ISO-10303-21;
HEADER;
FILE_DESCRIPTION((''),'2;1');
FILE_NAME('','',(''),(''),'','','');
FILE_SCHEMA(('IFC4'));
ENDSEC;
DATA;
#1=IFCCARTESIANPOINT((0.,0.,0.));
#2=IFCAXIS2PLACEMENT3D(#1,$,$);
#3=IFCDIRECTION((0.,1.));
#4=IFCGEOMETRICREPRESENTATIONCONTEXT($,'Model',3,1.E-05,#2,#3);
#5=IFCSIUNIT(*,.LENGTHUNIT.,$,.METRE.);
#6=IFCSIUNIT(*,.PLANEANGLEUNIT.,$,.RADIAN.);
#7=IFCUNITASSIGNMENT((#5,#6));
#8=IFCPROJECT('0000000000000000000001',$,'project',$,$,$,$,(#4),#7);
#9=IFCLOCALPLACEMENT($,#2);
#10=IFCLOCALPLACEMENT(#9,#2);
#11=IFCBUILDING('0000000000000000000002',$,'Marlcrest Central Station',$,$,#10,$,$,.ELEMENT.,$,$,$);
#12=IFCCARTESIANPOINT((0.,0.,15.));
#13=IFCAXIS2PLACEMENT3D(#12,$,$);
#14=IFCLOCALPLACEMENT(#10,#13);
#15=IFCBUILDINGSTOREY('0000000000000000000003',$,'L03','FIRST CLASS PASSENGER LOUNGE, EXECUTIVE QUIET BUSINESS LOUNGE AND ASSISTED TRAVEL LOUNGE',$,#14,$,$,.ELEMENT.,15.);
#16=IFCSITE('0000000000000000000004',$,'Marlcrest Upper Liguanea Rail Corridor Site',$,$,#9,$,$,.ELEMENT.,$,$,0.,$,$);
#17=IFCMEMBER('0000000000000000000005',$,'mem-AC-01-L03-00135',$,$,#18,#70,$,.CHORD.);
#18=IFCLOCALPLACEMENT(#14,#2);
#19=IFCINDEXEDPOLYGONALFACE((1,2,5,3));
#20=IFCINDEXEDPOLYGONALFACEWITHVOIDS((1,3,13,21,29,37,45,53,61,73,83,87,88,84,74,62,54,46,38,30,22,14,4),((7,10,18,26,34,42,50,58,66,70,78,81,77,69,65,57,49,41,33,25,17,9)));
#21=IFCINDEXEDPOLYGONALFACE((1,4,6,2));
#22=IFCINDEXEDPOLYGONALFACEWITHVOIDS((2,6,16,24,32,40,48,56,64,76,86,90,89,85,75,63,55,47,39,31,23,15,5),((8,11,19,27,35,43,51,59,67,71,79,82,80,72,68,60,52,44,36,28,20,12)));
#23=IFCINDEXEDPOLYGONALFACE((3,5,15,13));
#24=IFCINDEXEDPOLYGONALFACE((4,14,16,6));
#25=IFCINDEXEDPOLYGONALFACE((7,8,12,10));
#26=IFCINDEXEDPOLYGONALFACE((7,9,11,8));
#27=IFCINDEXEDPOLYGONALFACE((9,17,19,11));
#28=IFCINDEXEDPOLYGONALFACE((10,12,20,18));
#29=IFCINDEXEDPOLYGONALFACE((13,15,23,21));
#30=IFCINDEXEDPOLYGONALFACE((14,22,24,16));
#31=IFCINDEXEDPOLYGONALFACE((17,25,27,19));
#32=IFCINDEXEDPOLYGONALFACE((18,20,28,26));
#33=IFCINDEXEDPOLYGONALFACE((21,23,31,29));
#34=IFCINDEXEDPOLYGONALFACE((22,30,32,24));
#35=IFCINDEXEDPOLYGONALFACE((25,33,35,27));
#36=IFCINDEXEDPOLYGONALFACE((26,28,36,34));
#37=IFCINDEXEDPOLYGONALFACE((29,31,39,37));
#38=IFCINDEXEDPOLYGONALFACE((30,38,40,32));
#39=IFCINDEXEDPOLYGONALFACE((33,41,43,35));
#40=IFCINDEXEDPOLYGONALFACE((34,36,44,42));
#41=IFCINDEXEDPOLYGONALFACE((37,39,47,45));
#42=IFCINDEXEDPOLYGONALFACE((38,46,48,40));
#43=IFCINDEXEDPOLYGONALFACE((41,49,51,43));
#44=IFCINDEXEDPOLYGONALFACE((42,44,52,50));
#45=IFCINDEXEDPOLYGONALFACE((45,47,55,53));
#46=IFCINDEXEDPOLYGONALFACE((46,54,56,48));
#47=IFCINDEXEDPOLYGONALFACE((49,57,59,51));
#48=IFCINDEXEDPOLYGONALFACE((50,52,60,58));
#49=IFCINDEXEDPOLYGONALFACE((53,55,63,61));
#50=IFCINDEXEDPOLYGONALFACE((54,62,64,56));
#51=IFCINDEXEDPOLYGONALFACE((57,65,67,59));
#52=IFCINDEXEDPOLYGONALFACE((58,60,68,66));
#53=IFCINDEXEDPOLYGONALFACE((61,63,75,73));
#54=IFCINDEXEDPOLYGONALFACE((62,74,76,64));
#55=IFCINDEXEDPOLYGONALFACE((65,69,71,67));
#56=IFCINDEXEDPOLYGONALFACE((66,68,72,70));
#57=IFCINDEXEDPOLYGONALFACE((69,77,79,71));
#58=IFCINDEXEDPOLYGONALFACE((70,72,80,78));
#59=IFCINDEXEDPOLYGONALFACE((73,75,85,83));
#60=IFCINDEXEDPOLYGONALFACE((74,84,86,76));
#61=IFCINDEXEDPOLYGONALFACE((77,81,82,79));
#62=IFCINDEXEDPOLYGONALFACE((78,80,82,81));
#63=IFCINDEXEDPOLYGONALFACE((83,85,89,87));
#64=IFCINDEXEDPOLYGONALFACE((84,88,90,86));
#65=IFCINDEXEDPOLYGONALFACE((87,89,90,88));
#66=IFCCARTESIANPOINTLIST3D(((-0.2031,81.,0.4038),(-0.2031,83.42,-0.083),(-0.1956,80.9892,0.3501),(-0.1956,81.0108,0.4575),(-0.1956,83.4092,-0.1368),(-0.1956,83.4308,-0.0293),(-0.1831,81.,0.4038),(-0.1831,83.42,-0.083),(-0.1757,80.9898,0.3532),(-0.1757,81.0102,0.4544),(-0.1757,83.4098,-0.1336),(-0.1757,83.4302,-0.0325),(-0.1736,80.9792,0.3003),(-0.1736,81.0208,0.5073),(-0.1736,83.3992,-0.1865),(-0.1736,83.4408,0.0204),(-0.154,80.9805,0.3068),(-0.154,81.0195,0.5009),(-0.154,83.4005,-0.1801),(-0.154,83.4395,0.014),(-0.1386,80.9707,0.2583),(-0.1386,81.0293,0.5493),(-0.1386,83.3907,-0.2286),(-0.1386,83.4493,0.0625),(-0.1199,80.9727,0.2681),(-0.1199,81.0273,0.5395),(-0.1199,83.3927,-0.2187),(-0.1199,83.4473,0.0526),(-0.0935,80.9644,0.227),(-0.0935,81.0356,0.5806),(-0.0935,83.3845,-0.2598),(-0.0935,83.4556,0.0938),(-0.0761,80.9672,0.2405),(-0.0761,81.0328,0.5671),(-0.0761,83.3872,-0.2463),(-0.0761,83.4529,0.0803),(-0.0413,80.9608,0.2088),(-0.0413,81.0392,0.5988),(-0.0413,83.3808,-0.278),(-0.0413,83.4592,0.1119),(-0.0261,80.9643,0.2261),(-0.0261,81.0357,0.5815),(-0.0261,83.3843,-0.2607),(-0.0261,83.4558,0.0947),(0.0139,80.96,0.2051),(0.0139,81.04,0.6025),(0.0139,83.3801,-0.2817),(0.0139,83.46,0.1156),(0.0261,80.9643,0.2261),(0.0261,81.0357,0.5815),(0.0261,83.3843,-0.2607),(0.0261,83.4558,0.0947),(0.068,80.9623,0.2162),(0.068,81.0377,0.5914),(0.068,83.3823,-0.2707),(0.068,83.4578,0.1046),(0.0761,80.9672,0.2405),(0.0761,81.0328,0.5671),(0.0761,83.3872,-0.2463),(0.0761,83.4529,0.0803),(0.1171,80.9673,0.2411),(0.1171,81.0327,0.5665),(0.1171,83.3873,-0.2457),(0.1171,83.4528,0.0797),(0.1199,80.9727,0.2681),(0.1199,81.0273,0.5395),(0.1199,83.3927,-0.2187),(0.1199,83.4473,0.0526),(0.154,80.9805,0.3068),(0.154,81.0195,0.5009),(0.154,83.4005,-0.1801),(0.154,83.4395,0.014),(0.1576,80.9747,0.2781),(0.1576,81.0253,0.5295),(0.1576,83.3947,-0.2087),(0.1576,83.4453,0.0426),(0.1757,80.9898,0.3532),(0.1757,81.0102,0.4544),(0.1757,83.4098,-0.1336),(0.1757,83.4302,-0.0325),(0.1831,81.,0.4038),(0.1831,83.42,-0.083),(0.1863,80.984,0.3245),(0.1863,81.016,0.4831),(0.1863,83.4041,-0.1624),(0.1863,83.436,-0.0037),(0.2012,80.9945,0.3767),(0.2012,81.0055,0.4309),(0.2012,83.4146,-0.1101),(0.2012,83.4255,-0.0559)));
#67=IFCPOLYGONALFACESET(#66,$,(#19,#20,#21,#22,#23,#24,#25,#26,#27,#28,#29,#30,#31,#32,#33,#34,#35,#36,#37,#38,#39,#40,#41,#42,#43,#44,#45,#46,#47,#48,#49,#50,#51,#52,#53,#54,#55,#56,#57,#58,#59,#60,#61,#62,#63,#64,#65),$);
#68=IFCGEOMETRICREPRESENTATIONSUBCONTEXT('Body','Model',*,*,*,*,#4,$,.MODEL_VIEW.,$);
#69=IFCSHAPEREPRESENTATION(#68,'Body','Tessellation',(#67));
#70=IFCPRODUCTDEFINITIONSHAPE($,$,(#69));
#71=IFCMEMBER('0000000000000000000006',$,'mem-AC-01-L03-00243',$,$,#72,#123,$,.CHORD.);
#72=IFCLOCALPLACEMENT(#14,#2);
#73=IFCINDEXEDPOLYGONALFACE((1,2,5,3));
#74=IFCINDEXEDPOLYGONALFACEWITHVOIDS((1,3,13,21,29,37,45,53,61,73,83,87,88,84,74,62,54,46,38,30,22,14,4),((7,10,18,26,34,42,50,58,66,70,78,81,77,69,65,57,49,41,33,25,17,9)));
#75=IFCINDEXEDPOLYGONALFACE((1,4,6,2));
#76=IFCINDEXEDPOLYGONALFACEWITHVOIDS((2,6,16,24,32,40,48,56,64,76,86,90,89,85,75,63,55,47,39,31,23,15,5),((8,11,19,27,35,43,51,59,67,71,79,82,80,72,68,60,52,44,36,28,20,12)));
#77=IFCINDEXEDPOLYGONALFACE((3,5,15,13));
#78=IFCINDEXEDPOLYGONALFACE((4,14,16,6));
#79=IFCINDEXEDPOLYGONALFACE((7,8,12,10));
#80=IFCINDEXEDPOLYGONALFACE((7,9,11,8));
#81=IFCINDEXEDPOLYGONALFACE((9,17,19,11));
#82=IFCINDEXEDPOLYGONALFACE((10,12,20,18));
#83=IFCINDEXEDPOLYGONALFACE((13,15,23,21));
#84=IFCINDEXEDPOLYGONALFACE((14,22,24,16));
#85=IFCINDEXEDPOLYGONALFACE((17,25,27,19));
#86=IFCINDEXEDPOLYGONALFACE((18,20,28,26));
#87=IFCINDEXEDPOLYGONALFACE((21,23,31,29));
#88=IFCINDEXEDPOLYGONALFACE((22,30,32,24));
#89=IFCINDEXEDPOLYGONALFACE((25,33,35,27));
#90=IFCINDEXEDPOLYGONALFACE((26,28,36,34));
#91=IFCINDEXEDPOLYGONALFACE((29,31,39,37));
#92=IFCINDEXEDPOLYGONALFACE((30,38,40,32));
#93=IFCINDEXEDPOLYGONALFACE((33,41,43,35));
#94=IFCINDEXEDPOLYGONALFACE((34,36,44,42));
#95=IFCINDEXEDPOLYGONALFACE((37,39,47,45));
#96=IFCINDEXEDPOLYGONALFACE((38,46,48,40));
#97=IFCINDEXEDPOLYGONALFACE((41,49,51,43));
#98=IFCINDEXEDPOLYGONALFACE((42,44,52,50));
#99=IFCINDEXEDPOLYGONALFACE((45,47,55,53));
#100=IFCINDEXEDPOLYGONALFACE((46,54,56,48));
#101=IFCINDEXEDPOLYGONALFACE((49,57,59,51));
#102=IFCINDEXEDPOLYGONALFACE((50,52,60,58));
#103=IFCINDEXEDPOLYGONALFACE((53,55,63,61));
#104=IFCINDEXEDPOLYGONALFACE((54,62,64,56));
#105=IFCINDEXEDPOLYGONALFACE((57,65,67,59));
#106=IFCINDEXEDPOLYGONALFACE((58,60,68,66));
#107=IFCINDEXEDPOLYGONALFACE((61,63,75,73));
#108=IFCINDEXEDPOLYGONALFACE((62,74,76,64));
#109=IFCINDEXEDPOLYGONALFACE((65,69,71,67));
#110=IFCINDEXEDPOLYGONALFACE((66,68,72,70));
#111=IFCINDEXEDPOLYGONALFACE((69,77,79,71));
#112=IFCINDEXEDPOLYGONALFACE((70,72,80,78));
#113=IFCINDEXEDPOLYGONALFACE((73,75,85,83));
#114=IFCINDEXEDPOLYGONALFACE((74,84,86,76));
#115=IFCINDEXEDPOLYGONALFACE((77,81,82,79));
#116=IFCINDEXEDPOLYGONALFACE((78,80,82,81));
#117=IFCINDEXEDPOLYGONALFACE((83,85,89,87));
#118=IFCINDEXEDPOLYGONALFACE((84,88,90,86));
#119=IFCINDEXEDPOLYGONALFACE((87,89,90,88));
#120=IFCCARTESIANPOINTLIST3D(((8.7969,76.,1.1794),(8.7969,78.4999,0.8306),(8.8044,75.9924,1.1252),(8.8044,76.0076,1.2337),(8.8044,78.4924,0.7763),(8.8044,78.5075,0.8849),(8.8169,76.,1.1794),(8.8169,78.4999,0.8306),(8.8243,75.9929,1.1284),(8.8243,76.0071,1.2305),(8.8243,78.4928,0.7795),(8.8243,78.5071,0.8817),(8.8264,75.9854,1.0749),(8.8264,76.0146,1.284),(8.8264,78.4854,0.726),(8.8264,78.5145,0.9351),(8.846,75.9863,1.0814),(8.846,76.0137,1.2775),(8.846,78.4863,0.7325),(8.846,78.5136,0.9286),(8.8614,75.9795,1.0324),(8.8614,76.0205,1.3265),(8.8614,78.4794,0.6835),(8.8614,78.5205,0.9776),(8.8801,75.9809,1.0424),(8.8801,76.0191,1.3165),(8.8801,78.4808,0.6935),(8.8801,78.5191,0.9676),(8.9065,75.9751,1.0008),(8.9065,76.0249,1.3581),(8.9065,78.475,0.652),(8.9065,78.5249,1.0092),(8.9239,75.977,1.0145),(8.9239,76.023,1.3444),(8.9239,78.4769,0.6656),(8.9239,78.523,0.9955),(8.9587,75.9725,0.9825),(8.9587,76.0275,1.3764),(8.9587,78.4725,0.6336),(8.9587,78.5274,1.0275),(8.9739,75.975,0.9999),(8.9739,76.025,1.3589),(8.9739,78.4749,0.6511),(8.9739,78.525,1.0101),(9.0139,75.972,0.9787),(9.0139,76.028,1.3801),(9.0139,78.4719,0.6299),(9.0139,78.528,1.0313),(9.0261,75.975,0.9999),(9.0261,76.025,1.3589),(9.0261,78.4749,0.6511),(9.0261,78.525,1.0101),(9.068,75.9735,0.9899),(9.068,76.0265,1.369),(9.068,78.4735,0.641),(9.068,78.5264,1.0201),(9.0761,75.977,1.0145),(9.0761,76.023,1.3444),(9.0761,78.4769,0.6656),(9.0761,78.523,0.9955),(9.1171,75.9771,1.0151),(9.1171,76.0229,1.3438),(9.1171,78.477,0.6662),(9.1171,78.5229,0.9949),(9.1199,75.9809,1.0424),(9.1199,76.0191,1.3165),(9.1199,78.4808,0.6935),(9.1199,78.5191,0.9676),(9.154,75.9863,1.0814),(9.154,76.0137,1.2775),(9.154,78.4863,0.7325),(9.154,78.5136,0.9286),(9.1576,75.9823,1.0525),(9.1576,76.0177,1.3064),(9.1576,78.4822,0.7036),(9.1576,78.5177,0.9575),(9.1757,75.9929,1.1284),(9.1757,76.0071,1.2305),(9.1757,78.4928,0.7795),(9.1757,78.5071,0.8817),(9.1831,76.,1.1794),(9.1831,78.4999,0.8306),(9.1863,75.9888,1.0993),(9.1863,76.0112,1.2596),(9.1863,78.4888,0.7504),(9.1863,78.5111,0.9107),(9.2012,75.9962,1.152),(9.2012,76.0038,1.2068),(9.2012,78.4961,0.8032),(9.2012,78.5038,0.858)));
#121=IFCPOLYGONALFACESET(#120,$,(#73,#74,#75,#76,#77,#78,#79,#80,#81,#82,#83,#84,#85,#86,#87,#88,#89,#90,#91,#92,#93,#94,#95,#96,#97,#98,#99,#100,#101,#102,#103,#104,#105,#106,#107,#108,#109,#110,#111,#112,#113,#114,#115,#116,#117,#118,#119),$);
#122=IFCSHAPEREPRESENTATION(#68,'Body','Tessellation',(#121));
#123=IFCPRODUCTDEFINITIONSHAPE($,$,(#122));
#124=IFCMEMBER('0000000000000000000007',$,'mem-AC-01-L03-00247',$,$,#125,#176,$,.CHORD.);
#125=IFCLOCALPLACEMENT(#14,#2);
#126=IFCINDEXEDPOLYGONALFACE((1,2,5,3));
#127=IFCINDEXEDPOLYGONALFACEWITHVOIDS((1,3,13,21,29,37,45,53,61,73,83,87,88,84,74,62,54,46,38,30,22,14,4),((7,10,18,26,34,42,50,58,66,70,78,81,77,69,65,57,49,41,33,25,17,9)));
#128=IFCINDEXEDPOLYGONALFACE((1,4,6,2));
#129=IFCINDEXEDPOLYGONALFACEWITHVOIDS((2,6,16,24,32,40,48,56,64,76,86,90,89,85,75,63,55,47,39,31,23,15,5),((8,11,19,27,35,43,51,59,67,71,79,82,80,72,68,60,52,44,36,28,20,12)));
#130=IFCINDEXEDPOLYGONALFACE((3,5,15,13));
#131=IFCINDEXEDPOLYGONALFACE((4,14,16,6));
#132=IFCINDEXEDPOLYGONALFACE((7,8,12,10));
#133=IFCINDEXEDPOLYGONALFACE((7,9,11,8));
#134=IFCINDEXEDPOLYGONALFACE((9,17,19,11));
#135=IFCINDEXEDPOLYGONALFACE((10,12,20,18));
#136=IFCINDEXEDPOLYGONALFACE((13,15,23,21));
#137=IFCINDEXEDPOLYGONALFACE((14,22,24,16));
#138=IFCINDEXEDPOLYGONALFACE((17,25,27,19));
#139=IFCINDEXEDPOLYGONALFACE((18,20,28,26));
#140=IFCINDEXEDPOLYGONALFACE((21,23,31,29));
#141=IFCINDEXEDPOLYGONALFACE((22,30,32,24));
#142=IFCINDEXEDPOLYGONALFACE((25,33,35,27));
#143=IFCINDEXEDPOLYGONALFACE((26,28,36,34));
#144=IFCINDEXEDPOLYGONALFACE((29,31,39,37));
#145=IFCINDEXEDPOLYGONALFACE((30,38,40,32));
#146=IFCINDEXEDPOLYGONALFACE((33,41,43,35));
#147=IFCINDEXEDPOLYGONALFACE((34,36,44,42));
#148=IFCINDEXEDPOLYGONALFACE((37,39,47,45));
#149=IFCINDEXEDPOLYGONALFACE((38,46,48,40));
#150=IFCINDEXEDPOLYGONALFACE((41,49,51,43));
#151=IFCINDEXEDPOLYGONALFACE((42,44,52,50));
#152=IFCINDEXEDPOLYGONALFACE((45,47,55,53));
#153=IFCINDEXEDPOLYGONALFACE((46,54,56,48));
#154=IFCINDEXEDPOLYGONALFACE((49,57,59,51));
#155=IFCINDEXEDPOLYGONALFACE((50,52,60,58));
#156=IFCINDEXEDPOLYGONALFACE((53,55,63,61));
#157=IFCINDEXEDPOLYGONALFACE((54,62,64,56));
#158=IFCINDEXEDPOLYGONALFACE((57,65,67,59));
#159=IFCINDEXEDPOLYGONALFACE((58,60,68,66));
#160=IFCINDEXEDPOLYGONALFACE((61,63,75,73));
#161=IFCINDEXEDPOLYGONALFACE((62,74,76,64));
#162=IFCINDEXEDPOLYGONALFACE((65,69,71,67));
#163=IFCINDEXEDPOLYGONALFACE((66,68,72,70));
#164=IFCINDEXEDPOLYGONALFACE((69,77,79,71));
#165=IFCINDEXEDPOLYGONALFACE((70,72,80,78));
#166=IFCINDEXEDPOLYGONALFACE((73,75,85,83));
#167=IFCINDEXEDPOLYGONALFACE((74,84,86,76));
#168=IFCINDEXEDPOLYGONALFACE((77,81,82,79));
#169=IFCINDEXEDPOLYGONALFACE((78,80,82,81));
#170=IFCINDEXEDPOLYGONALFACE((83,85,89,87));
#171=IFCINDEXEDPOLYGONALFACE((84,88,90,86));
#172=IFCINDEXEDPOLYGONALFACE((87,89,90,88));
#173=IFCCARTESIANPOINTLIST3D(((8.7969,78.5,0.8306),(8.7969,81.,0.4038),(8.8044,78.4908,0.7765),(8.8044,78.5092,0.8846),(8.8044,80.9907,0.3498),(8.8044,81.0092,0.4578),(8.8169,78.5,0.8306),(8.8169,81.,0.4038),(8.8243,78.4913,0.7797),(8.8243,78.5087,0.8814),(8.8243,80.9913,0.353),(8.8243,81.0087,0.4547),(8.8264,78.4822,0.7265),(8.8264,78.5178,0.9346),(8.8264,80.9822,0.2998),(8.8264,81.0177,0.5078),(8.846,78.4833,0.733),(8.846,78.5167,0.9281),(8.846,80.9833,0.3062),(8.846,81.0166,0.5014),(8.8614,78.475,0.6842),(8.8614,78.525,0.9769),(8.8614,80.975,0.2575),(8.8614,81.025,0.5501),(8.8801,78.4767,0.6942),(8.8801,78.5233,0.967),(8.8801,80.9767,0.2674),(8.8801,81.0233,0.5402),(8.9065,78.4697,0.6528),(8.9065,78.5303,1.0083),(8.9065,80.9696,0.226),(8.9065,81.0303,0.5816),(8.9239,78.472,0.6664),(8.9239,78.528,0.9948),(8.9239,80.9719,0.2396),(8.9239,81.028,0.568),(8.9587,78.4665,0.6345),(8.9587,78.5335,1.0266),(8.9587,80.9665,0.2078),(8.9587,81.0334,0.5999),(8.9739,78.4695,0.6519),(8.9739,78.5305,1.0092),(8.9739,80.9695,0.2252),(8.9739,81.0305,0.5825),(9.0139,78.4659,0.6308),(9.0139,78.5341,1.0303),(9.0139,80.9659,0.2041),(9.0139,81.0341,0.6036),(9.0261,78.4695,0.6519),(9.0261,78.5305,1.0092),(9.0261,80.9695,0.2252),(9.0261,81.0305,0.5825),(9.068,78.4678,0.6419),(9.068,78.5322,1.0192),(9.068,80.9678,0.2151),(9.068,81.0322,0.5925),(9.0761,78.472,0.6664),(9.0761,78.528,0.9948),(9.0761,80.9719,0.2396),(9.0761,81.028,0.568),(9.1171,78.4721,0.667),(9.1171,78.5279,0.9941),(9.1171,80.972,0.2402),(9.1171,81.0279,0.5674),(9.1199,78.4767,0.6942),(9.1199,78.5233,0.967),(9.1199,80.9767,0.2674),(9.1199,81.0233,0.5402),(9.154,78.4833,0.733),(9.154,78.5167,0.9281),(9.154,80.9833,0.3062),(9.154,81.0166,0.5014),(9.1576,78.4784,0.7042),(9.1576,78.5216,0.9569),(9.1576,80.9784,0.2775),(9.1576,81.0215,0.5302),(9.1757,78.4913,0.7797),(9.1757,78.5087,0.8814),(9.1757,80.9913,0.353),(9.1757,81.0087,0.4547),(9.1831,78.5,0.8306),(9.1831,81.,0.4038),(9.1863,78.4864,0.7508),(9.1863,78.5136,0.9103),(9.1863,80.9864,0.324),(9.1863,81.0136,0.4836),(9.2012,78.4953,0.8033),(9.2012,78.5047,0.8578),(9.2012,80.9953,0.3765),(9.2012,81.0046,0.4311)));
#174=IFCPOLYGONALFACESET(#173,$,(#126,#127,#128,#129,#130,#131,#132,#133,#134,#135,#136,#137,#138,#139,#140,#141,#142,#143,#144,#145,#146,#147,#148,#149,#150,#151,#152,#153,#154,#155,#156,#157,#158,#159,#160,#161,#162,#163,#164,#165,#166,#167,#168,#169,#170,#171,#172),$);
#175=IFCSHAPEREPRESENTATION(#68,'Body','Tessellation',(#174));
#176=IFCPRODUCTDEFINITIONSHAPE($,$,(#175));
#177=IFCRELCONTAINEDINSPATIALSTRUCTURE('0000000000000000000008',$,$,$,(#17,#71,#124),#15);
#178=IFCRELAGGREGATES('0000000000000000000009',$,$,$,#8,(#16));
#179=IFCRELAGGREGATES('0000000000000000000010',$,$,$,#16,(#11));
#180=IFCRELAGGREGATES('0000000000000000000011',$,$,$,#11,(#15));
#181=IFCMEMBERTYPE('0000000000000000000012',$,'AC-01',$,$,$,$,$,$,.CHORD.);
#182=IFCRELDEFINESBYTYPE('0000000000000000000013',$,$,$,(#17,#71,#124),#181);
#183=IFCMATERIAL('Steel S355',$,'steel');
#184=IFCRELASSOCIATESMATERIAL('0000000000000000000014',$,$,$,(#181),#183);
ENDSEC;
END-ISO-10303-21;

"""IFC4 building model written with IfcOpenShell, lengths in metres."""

from ifc_helpers import new_model, si_unit, direction, frame, origin, origin_2d, place, context, subcontext, project, spatial, hollow_circle, extrude, material, material_profile, profile_set, type_object, element, save


model = new_model("IFC4")

# Units and contexts
model_context = context("Model", 3, precision=1e-05, world=origin(), true_north=direction((0.0, 1.0)))
body_context = subcontext(model_context, "Body", "Model", "MODEL_VIEW")
ifc_project = project(units=[si_unit("LENGTHUNIT", "METRE"), si_unit("PLANEANGLEUNIT", "RADIAN")], contexts=[model_context])

# Site, building, storey
site_placement = place(None, origin())
site = spatial("IfcSite", under=ifc_project, at=site_placement, Name="Marlcrest Upper Liguanea Rail Corridor Site", CompositionType="ELEMENT", RefElevation=0.0)
building_placement = place(site_placement, origin())
building = spatial("IfcBuilding", under=site, at=building_placement, Name="Marlcrest Central Station", CompositionType="ELEMENT")
storey_placement = place(building_placement, frame((0.0, 0.0, 15.0)))
storey = spatial("IfcBuildingStorey", under=building, at=storey_placement, Name="L03", Description="FIRST CLASS PASSENGER LOUNGE, EXECUTIVE QUIET BUSINESS LOUNGE AND ASSISTED TRAVEL LOUNGE", CompositionType="ELEMENT", Elevation=15.0)

# Shared definitions
ifc_material_1 = material(Name="Steel S355", Category="steel")

# Members
ifc_material_profile_1 = material_profile(ifc_material_1, hollow_circle(Radius=0.2031, WallThickness=0.02, at=origin_2d()), Name="CHS 406.4x20")
ifc_profile_set_1 = profile_set([ifc_material_profile_1], Name="Steel S355")
member_type_1 = type_object("IfcMemberType", Name="AC-01", PredefinedType="CHORD", material=ifc_profile_set_1)
member_1_placement = place(storey_placement, frame((0.0, 81.0, 0.4038), z_axis=(0.0, 0.980359, -0.197219), x_axis=(-1.0, 0.0, 0.0)))
element("IfcMember", 1, at=member_1_placement, inside=storey, type_object=member_type_1, Name="mem-AC-01-L03-00135", PredefinedType="CHORD", context=body_context, shape_type="SweptSolid", body=[
    extrude(hollow_circle(Radius=0.2031, WallThickness=0.02, at=origin_2d()), origin(), (0.0, 0.0, 1.0), 2.4685),
])
member_2_placement = place(storey_placement, frame((9.0, 76.0, 1.1794), z_axis=(0.0, 0.990403, -0.138211), x_axis=(-1.0, 0.0, 0.0)))
element("IfcMember", 2, at=member_2_placement, inside=storey, type_object=member_type_1, Name="mem-AC-01-L03-00243", PredefinedType="CHORD", context=body_context, shape_type="SweptSolid", body=[
    extrude(hollow_circle(Radius=0.2031, WallThickness=0.02, at=origin_2d()), origin(), (0.0, 0.0, 1.0), 2.5242),
])
member_3_placement = place(storey_placement, frame((9.0, 78.5, 0.8306), z_axis=(0.0, 0.985741, -0.168269), x_axis=(-1.0, 0.0, 0.0)))
element("IfcMember", 3, at=member_3_placement, inside=storey, type_object=member_type_1, Name="mem-AC-01-L03-00247", PredefinedType="CHORD", context=body_context, shape_type="SweptSolid", body=[
    extrude(hollow_circle(Radius=0.2031, WallThickness=0.02, at=origin_2d()), origin(), (0.0, 0.0, 1.0), 2.5361),
])

save(model, "model.ifc")
